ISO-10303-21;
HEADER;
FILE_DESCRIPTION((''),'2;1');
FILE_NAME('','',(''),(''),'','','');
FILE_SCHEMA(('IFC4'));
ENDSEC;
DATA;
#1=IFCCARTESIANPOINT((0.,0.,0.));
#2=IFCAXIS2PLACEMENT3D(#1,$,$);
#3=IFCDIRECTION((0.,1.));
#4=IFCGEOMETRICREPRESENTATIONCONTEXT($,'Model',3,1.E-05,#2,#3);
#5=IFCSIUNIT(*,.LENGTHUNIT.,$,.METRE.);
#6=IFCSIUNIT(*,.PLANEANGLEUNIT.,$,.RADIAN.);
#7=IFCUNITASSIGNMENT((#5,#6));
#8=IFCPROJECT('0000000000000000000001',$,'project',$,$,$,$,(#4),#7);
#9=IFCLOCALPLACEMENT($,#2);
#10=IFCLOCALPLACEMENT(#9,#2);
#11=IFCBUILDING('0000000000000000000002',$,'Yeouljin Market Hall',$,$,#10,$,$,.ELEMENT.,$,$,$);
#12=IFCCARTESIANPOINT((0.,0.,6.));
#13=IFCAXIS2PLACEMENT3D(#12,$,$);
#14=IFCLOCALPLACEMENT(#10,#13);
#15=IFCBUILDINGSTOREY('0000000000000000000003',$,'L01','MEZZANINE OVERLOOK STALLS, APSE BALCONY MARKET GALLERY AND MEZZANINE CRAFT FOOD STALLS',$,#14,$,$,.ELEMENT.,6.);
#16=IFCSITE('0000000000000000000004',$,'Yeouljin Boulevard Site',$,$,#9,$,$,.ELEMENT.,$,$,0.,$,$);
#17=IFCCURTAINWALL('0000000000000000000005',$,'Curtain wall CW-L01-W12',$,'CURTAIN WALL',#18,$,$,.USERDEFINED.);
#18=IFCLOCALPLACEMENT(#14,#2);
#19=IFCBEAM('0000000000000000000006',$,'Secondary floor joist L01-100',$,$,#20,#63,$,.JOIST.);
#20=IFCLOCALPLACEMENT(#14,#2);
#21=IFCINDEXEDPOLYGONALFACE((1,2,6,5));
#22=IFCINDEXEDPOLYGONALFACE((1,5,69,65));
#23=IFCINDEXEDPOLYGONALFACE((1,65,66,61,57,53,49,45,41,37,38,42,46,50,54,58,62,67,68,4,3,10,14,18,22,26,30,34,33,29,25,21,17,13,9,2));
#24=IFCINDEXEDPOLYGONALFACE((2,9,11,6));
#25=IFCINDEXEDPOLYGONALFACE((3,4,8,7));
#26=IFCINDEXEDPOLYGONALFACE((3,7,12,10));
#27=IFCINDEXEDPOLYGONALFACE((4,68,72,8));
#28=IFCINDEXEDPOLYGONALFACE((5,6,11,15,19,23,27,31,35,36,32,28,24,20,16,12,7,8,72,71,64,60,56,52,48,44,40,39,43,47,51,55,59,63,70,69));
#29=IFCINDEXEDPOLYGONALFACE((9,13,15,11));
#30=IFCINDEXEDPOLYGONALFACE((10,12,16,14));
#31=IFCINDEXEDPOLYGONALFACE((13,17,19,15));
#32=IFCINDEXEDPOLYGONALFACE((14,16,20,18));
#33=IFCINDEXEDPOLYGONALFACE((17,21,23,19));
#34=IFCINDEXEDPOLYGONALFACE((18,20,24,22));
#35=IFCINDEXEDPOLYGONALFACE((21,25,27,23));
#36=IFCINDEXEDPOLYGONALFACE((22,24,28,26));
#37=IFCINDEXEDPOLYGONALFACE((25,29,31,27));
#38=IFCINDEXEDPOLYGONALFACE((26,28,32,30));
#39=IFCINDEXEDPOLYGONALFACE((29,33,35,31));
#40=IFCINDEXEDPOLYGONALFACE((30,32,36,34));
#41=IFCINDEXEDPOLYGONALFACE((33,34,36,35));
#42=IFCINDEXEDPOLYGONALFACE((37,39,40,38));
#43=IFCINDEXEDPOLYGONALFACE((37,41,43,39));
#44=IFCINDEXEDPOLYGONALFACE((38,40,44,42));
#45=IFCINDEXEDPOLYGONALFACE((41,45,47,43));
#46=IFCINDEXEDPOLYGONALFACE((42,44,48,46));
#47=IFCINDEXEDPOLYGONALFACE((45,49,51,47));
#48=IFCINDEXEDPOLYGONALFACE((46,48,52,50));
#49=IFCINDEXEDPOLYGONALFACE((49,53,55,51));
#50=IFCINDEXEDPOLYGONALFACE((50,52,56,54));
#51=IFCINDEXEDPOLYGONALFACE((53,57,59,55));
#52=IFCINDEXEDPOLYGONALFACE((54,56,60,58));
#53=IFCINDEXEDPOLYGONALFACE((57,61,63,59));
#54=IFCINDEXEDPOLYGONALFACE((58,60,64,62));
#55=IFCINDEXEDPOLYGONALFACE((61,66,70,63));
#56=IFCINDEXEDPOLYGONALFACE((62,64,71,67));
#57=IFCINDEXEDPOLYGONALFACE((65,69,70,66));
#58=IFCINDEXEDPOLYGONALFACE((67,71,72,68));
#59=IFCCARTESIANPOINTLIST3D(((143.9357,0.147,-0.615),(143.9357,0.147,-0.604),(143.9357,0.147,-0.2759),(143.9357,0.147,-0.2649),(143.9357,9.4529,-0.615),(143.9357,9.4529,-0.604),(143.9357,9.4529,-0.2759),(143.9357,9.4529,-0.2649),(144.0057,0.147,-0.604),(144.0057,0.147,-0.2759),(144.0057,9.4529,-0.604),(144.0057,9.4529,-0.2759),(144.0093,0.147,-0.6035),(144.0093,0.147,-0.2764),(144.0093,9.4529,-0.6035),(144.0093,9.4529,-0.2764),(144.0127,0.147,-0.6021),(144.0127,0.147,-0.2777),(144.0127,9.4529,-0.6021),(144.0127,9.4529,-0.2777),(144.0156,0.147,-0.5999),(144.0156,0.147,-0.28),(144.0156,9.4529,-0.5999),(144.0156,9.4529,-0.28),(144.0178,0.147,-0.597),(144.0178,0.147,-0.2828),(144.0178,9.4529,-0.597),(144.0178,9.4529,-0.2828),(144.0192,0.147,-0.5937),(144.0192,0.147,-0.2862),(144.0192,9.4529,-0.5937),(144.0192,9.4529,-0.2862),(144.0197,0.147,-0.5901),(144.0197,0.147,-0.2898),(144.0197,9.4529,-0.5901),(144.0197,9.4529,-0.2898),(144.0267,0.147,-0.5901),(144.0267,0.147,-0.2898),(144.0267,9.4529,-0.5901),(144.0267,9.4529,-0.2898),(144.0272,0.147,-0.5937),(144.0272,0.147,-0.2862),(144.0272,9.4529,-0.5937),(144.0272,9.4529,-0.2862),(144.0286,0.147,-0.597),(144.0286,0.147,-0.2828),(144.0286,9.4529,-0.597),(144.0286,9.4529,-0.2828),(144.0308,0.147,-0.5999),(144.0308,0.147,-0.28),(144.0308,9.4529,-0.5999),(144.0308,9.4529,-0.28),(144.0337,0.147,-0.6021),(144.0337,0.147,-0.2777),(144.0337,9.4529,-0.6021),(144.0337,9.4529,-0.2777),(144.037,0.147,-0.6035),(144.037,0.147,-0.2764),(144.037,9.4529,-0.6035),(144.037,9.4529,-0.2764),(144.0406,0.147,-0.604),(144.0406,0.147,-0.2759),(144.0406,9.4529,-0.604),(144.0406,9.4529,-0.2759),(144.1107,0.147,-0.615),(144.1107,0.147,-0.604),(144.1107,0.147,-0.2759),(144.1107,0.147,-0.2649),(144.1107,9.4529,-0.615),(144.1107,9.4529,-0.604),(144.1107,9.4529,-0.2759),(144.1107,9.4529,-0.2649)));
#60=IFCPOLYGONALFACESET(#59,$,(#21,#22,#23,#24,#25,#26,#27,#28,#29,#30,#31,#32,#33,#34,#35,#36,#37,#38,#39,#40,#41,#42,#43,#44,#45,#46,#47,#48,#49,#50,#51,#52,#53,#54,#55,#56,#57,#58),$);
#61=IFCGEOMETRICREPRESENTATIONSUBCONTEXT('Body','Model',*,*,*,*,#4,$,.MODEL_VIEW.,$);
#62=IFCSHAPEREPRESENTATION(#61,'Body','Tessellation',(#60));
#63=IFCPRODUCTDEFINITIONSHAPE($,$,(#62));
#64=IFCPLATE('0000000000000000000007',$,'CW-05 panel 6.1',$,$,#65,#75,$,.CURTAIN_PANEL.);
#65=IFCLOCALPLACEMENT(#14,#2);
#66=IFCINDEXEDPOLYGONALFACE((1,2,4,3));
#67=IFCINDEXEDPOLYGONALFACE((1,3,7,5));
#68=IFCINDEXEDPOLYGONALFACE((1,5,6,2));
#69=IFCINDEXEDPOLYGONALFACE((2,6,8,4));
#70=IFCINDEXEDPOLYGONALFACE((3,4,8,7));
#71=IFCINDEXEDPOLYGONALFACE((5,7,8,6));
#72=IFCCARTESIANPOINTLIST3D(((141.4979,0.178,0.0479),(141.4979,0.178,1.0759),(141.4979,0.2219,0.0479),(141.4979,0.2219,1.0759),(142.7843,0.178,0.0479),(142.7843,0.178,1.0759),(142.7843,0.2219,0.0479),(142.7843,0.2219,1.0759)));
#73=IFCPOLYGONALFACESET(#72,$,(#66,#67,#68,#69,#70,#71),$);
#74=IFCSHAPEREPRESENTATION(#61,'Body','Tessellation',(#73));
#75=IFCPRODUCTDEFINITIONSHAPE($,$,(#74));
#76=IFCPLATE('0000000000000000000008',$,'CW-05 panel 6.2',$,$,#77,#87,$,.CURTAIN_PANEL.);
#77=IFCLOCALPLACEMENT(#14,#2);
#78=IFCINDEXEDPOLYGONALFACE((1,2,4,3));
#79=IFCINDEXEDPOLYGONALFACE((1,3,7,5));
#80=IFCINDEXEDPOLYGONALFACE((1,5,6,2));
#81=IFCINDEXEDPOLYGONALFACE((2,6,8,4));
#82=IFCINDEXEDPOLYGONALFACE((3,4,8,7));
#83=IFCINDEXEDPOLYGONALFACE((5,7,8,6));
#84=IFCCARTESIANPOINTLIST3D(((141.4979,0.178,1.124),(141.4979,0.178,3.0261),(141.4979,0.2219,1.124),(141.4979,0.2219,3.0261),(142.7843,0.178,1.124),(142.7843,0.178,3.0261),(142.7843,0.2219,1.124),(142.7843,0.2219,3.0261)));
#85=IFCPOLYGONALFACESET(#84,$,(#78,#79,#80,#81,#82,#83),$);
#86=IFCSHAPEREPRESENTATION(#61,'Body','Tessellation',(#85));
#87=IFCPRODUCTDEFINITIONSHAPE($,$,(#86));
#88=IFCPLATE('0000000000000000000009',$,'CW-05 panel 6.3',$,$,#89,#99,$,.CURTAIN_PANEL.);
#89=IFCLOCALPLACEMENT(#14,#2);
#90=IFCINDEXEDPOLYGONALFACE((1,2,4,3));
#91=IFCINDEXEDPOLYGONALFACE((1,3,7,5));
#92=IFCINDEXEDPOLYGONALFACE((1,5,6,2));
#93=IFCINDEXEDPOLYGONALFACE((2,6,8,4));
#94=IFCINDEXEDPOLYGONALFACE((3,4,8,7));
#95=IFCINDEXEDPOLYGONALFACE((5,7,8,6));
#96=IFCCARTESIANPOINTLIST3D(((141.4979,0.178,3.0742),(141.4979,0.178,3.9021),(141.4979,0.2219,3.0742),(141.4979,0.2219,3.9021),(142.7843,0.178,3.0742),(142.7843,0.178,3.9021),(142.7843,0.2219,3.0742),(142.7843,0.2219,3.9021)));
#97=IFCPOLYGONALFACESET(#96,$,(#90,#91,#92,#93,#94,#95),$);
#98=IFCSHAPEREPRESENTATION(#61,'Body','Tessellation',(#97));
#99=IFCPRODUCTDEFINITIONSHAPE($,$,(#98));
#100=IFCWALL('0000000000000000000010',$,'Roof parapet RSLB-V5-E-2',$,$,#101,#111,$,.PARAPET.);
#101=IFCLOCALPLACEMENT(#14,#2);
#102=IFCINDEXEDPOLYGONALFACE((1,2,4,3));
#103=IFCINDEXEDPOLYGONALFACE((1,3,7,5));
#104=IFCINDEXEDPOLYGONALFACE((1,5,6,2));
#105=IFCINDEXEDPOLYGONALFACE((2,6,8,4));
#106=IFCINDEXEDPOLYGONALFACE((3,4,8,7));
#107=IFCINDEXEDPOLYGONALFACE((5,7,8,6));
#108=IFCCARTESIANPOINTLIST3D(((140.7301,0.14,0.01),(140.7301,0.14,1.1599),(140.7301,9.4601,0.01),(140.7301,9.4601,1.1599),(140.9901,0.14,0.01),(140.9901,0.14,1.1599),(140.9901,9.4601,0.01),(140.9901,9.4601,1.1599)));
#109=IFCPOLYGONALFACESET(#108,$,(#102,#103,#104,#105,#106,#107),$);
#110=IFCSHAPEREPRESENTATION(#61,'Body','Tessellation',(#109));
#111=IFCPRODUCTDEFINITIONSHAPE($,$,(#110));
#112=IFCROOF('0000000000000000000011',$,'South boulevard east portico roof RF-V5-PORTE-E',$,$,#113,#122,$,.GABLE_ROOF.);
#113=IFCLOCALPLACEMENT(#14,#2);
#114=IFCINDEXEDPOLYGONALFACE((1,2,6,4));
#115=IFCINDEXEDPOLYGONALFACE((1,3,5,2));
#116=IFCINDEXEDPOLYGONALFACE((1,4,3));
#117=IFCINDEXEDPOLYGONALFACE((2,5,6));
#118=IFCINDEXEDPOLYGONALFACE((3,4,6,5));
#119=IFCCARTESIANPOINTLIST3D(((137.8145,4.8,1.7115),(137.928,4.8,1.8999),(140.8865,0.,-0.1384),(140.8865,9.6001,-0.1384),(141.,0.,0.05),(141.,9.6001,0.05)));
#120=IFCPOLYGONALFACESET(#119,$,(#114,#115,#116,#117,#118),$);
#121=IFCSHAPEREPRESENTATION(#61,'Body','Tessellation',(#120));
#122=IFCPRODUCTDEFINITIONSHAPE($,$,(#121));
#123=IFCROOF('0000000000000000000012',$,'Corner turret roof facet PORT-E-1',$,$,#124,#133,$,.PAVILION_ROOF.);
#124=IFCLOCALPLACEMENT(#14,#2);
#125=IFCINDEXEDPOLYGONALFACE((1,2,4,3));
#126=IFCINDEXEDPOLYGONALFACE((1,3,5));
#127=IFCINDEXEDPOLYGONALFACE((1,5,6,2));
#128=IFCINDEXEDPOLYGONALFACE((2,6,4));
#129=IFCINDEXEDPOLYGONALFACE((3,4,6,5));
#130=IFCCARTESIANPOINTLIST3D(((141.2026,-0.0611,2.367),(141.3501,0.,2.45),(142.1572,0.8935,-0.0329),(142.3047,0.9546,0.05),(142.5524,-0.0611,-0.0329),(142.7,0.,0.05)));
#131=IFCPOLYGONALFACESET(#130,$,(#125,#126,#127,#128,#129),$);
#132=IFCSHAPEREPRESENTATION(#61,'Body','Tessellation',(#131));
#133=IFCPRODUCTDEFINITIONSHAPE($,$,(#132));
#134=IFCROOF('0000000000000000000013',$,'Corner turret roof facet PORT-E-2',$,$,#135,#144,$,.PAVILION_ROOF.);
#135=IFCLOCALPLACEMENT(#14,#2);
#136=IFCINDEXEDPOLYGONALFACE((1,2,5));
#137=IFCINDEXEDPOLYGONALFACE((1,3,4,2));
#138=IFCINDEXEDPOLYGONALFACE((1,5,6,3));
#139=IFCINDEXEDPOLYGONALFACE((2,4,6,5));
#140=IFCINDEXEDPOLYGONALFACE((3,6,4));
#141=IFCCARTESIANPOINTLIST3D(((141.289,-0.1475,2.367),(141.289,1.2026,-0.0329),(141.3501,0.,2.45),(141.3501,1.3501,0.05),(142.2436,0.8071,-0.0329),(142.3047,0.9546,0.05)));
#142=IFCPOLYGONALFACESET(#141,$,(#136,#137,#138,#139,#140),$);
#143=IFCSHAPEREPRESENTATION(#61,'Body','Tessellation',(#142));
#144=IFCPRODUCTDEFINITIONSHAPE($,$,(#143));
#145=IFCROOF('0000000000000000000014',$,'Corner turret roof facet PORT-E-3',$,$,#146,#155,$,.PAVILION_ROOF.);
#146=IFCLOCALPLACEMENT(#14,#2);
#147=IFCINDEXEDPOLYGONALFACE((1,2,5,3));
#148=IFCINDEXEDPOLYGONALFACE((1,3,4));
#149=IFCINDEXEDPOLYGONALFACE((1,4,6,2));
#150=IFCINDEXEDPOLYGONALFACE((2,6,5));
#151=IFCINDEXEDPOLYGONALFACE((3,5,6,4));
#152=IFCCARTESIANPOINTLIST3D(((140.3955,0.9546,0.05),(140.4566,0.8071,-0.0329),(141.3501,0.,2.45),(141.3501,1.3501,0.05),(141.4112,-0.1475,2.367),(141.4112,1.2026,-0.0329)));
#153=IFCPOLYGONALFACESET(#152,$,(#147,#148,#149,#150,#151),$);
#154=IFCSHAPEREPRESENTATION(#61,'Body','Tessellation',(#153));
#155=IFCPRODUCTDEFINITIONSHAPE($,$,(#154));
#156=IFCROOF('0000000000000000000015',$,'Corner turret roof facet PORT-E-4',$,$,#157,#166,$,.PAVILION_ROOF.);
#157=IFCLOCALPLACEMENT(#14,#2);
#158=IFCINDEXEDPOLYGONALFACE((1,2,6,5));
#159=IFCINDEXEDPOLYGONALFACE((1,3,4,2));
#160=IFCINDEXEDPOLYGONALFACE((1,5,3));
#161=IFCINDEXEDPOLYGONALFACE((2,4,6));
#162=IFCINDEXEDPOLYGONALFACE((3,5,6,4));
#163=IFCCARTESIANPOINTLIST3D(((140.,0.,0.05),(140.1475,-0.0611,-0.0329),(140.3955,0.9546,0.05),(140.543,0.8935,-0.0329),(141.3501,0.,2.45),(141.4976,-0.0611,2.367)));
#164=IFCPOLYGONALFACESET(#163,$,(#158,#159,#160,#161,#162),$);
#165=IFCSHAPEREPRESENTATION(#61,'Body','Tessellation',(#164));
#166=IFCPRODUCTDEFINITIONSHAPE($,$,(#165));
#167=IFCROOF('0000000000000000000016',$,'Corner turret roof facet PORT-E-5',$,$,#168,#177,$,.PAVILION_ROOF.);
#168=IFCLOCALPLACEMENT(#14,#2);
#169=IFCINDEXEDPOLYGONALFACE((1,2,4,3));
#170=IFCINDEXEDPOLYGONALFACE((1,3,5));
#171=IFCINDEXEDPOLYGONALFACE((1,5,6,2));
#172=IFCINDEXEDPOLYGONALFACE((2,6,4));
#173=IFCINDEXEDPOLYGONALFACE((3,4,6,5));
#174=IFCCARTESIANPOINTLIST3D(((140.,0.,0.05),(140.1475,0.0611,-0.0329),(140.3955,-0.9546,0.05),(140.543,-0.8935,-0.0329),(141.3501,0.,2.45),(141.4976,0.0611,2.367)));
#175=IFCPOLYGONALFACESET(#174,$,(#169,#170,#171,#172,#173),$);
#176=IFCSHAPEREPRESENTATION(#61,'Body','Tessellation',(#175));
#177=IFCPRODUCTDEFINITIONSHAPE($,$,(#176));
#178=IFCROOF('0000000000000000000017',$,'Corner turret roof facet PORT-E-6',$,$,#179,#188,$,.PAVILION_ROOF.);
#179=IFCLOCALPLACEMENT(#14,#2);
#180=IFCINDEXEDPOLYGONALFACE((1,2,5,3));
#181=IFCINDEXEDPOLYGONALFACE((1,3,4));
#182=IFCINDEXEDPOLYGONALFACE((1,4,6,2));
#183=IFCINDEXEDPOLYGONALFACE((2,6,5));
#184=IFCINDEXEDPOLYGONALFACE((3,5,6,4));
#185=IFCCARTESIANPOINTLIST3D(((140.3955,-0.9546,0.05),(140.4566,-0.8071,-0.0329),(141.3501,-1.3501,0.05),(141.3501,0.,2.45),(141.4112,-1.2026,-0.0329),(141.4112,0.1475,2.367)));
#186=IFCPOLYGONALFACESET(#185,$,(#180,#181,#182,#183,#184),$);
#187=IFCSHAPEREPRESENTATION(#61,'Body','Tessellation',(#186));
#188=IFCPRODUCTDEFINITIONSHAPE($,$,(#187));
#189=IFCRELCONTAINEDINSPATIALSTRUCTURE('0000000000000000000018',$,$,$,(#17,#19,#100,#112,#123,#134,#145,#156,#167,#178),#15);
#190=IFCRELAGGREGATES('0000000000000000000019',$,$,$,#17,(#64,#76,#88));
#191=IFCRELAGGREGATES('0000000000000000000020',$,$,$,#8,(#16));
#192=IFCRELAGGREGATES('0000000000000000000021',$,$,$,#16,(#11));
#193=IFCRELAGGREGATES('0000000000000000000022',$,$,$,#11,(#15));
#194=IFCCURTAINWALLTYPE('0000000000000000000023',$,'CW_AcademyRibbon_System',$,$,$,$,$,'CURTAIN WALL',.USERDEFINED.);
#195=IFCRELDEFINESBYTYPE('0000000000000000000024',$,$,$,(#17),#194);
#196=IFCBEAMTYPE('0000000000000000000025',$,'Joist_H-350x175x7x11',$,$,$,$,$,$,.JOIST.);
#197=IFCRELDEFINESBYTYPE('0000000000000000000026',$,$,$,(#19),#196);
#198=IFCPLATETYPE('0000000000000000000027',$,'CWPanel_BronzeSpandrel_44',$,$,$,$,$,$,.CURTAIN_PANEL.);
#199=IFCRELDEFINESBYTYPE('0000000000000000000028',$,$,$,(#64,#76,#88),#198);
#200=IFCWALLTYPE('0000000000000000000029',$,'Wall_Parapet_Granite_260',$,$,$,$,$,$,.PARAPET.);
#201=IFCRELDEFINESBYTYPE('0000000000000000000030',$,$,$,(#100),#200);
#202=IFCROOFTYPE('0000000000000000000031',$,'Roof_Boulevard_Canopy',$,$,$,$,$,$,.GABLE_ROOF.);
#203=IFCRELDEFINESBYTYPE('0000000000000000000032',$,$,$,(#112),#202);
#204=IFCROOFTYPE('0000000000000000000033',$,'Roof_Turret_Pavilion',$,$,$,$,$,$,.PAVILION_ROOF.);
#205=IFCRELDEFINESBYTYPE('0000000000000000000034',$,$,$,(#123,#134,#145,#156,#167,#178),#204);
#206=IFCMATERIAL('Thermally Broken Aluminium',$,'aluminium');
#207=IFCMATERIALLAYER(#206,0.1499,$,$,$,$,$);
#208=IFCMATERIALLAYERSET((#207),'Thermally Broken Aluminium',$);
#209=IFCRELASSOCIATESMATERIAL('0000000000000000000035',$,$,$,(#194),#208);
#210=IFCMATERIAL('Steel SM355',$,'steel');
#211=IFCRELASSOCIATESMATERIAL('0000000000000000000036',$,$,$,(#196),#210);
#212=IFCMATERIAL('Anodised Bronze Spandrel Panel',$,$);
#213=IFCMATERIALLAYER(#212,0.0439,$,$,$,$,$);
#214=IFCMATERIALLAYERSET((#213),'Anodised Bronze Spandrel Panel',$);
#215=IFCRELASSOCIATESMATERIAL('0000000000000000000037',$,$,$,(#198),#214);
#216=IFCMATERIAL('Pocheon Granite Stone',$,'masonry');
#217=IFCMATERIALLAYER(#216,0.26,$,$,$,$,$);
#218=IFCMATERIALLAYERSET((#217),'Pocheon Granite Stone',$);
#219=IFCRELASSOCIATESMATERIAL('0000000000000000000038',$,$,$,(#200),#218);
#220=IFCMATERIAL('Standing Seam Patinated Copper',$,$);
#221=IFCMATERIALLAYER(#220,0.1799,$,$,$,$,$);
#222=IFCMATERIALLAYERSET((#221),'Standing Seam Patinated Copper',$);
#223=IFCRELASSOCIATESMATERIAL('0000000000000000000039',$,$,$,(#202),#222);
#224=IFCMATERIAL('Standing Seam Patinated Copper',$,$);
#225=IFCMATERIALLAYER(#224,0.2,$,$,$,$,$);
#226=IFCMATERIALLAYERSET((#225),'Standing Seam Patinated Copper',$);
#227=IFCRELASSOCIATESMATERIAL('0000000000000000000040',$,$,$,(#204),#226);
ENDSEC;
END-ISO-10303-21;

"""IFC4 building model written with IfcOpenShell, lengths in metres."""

from ifc_helpers import new_model, si_unit, direction, frame, frame_2d, origin, origin_2d, place, context, subcontext, project, spatial, polyline, rectangle, i_section, outline, extrude, material, layer, layer_set, material_profile, profile_set, type_object, element, aggregate, save


model = new_model("IFC4")

# Units and contexts
model_context = context("Model", 3, precision=1e-05, world=origin(), true_north=direction((0.0, 1.0)))
body_context = subcontext(model_context, "Body", "Model", "MODEL_VIEW")
ifc_project = project(units=[si_unit("LENGTHUNIT", "METRE"), si_unit("PLANEANGLEUNIT", "RADIAN")], contexts=[model_context])

# Site, building, storey
site_placement = place(None, origin())
site = spatial("IfcSite", under=ifc_project, at=site_placement, Name="Yeouljin Boulevard Site", CompositionType="ELEMENT", RefElevation=0.0)
building_placement = place(site_placement, origin())
building = spatial("IfcBuilding", under=site, at=building_placement, Name="Yeouljin Market Hall", CompositionType="ELEMENT")
storey_placement = place(building_placement, frame((0.0, 0.0, 6.0)))
storey = spatial("IfcBuildingStorey", under=building, at=storey_placement, Name="L01", Description="MEZZANINE OVERLOOK STALLS, APSE BALCONY MARKET GALLERY AND MEZZANINE CRAFT FOOD STALLS", CompositionType="ELEMENT", Elevation=6.0)

# Curtain wall
ifc_material_1 = material(Name="Thermally Broken Aluminium", Category="aluminium")
ifc_layer_1 = layer(ifc_material_1, 0.1499)
ifc_layer_set_1 = layer_set([ifc_layer_1], Name="Thermally Broken Aluminium")
curtain_wall_type = type_object("IfcCurtainWallType", Name="CW_AcademyRibbon_System", ElementType="CURTAIN WALL", PredefinedType="USERDEFINED", material=ifc_layer_set_1)
curtain_wall_placement = place(storey_placement, origin())
curtain_wall = element("IfcCurtainWall", 1, at=curtain_wall_placement, inside=storey, type_object=curtain_wall_type, Name="Curtain wall CW-L01-W12", ObjectType="CURTAIN WALL", PredefinedType="USERDEFINED")

# Beam
ifc_material_2 = material(Name="Steel SM355", Category="steel")
ifc_material_profile_1 = material_profile(ifc_material_2, i_section(OverallWidth=0.175, OverallDepth=0.3501, WebThickness=0.0071, FlangeThickness=0.011, FilletRadius=0.0139, at=origin_2d()), Name="H-350x175x7x11")
ifc_profile_set_1 = profile_set([ifc_material_profile_1], Name="Steel SM355")
beam_type_1 = type_object("IfcBeamType", Name="Joist_H-350x175x7x11", PredefinedType="JOIST", material=ifc_profile_set_1)
for number, where, z_axis, x_axis, name in (
    (2, (144.0232, 0.147, -0.4399), (0.0, 1.0, 0.0), (-1.0, 0.0, 0.0), "Secondary floor joist L01-100"),
):
    element("IfcBeam", number, at=place(storey_placement, frame(where, z_axis=z_axis, x_axis=x_axis)), inside=storey, type_object=beam_type_1, Name=name, PredefinedType="JOIST", context=body_context, shape_type="SweptSolid", body=[
        extrude(i_section(OverallWidth=0.175, OverallDepth=0.3501, WebThickness=0.0071, FlangeThickness=0.011, FilletRadius=0.0139, at=origin_2d()), origin(), (0.0, 0.0, 1.0), 9.3059),
    ])

# Plates
ifc_material_3 = material(Name="Anodised Bronze Spandrel Panel")
ifc_layer_2 = layer(ifc_material_3, 0.0439)
ifc_layer_set_2 = layer_set([ifc_layer_2], Name="Anodised Bronze Spandrel Panel")
plate_type = type_object("IfcPlateType", Name="CWPanel_BronzeSpandrel_44", PredefinedType="CURTAIN_PANEL", material=ifc_layer_set_2)
plate_1_placement = place(storey_placement, frame((142.1411, 0.2, 0.0479), z_axis=(0.0, 0.0, 1.0), x_axis=(-1.0, 0.0, 0.0)))
plate_1 = element("IfcPlate", 3, at=plate_1_placement, type_object=plate_type, Name="CW-05 panel 6.1", PredefinedType="CURTAIN_PANEL", context=body_context, shape_type="SweptSolid", body=[
    extrude(rectangle(XDim=1.2864, YDim=0.0439, at=origin_2d()), origin(), (0.0, 0.0, 1.0), 1.0281),
])
plate_2_placement = place(storey_placement, frame((142.1411, 0.2, 1.124), z_axis=(0.0, 0.0, 1.0), x_axis=(-1.0, 0.0, 0.0)))
plate_2 = element("IfcPlate", 4, at=plate_2_placement, type_object=plate_type, Name="CW-05 panel 6.2", PredefinedType="CURTAIN_PANEL", context=body_context, shape_type="SweptSolid", body=[
    extrude(rectangle(XDim=1.2864, YDim=0.0439, at=origin_2d()), origin(), (0.0, 0.0, 1.0), 1.9021),
])
plate_3_placement = place(storey_placement, frame((142.1411, 0.2, 3.0742), z_axis=(0.0, 0.0, 1.0), x_axis=(-1.0, 0.0, 0.0)))
plate_3 = element("IfcPlate", 5, at=plate_3_placement, type_object=plate_type, Name="CW-05 panel 6.3", PredefinedType="CURTAIN_PANEL", context=body_context, shape_type="SweptSolid", body=[
    extrude(rectangle(XDim=1.2864, YDim=0.0439, at=origin_2d()), origin(), (0.0, 0.0, 1.0), 0.8279),
])
aggregate(curtain_wall, [plate_1, plate_2, plate_3])

# Wall
ifc_material_4 = material(Name="Pocheon Granite Stone", Category="masonry")
ifc_layer_3 = layer(ifc_material_4, 0.26)
ifc_layer_set_3 = layer_set([ifc_layer_3], Name="Pocheon Granite Stone")
wall_type = type_object("IfcWallType", Name="Wall_Parapet_Granite_260", PredefinedType="PARAPET", material=ifc_layer_set_3)
wall_placement = place(storey_placement, frame((140.8601, 0.1399, 0.01), z_axis=(0.0, 0.0, 1.0), x_axis=(0.0, 1.0, 0.0)))
element("IfcWall", 6, at=wall_placement, inside=storey, type_object=wall_type, Name="Roof parapet RSLB-V5-E-2", PredefinedType="PARAPET", context=body_context, shape_type="SweptSolid", body=[
    extrude(rectangle(XDim=9.3201, YDim=0.26, at=frame_2d((4.6602, 0.0))), origin(), (0.0, 0.0, 1.0), 1.1499),
])

# Roofs
ifc_material_5 = material(Name="Standing Seam Patinated Copper")
ifc_layer_4 = layer(ifc_material_5, 0.1799)
ifc_layer_set_4 = layer_set([ifc_layer_4], Name="Standing Seam Patinated Copper")
roof_type_1 = type_object("IfcRoofType", Name="Roof_Boulevard_Canopy", PredefinedType="GABLE_ROOF", material=ifc_layer_set_4)
roof_1_placement = place(storey_placement, frame((141.0, 0.0, 0.05), z_axis=(0.515857, 0.0, 0.856675), x_axis=(0.0, 1.0, 0.0)))
element("IfcRoof", 7, at=roof_1_placement, inside=storey, type_object=roof_type_1, Name="South boulevard east portico roof RF-V5-PORTE-E", PredefinedType="GABLE_ROOF", context=body_context, shape_type="SweptSolid", body=[
    extrude(outline(polyline([(0.0, 0.0), (9.6001, 0.0), (4.8, 3.586), (0.0, 0.0)])), origin(), (0.0, 0.0, -1.0), 0.22),
])
ifc_material_6 = material(Name="Standing Seam Patinated Copper")
ifc_layer_5 = layer(ifc_material_6, 0.2)
ifc_layer_set_5 = layer_set([ifc_layer_5], Name="Standing Seam Patinated Copper")
roof_type_2 = type_object("IfcRoofType", Name="Roof_Turret_Pavilion", PredefinedType="PAVILION_ROOF", material=ifc_layer_set_5)
roof_2_placement = place(storey_placement, frame((141.3501, 0.0, 2.45), z_axis=(0.819833, 0.339466, 0.461125), x_axis=(0.490236, 0.0, -0.87159)))
element("IfcRoof", 8, at=roof_2_placement, inside=storey, type_object=roof_type_2, Name="Corner turret roof facet PORT-E-1", PredefinedType="PAVILION_ROOF", context=body_context, shape_type="SweptSolid", body=[
    extrude(outline(polyline([(0.0, 0.0), (2.7535, 0.0), (2.5597, 1.0149), (0.0, 0.0)])), origin(), (0.0, 0.0, -1.0), 0.1799),
])
roof_3_placement = place(storey_placement, frame((141.3501, 0.0, 2.45), z_axis=(0.339638, 0.819744, 0.461158), x_axis=(0.346677, 0.346677, -0.871568)))
element("IfcRoof", 9, at=roof_3_placement, inside=storey, type_object=roof_type_2, Name="Corner turret roof facet PORT-E-2", PredefinedType="PAVILION_ROOF", context=body_context, shape_type="SweptSolid", body=[
    extrude(outline(polyline([(0.0, 0.0), (2.7535, 0.0), (2.5597, 1.0149), (0.0, 0.0)])), origin(), (0.0, 0.0, -1.0), 0.1799),
])
roof_4_placement = place(storey_placement, frame((141.3501, 0.0, 2.45), z_axis=(-0.339638, 0.819744, 0.461158), x_axis=(0.0, 0.490303, -0.871552)))
element("IfcRoof", 10, at=roof_4_placement, inside=storey, type_object=roof_type_2, Name="Corner turret roof facet PORT-E-3", PredefinedType="PAVILION_ROOF", context=body_context, shape_type="SweptSolid", body=[
    extrude(outline(polyline([(0.0, 0.0), (2.7536, 0.0), (2.5597, 1.0149), (0.0, 0.0)])), origin(), (0.0, 0.0, -1.0), 0.1799),
])
roof_5_placement = place(storey_placement, frame((141.3501, 0.0, 2.45), z_axis=(-0.819744, 0.339638, 0.461158), x_axis=(-0.346677, 0.346677, -0.871568)))
element("IfcRoof", 11, at=roof_5_placement, inside=storey, type_object=roof_type_2, Name="Corner turret roof facet PORT-E-4", PredefinedType="PAVILION_ROOF", context=body_context, shape_type="SweptSolid", body=[
    extrude(outline(polyline([(0.0, 0.0), (2.7535, 0.0), (2.5597, 1.0149), (0.0, 0.0)])), origin(), (0.0, 0.0, -1.0), 0.1799),
])
roof_6_placement = place(storey_placement, frame((141.3501, 0.0, 2.45), z_axis=(-0.819744, -0.339638, 0.461158), x_axis=(-0.490303, 0.0, -0.871552)))
element("IfcRoof", 12, at=roof_6_placement, inside=storey, type_object=roof_type_2, Name="Corner turret roof facet PORT-E-5", PredefinedType="PAVILION_ROOF", context=body_context, shape_type="SweptSolid", body=[
    extrude(outline(polyline([(0.0, 0.0), (2.7536, 0.0), (2.5597, 1.0149), (0.0, 0.0)])), origin(), (0.0, 0.0, -1.0), 0.1799),
])
roof_7_placement = place(storey_placement, frame((141.3501, 0.0, 2.45), z_axis=(-0.339638, -0.819744, 0.461158), x_axis=(-0.346677, -0.346677, -0.871568)))
element("IfcRoof", 13, at=roof_7_placement, inside=storey, type_object=roof_type_2, Name="Corner turret roof facet PORT-E-6", PredefinedType="PAVILION_ROOF", context=body_context, shape_type="SweptSolid", body=[
    extrude(outline(polyline([(0.0, 0.0), (2.7535, 0.0), (2.5597, 1.0149), (0.0, 0.0)])), origin(), (0.0, 0.0, -1.0), 0.1799),
])

save(model, "model.ifc")
